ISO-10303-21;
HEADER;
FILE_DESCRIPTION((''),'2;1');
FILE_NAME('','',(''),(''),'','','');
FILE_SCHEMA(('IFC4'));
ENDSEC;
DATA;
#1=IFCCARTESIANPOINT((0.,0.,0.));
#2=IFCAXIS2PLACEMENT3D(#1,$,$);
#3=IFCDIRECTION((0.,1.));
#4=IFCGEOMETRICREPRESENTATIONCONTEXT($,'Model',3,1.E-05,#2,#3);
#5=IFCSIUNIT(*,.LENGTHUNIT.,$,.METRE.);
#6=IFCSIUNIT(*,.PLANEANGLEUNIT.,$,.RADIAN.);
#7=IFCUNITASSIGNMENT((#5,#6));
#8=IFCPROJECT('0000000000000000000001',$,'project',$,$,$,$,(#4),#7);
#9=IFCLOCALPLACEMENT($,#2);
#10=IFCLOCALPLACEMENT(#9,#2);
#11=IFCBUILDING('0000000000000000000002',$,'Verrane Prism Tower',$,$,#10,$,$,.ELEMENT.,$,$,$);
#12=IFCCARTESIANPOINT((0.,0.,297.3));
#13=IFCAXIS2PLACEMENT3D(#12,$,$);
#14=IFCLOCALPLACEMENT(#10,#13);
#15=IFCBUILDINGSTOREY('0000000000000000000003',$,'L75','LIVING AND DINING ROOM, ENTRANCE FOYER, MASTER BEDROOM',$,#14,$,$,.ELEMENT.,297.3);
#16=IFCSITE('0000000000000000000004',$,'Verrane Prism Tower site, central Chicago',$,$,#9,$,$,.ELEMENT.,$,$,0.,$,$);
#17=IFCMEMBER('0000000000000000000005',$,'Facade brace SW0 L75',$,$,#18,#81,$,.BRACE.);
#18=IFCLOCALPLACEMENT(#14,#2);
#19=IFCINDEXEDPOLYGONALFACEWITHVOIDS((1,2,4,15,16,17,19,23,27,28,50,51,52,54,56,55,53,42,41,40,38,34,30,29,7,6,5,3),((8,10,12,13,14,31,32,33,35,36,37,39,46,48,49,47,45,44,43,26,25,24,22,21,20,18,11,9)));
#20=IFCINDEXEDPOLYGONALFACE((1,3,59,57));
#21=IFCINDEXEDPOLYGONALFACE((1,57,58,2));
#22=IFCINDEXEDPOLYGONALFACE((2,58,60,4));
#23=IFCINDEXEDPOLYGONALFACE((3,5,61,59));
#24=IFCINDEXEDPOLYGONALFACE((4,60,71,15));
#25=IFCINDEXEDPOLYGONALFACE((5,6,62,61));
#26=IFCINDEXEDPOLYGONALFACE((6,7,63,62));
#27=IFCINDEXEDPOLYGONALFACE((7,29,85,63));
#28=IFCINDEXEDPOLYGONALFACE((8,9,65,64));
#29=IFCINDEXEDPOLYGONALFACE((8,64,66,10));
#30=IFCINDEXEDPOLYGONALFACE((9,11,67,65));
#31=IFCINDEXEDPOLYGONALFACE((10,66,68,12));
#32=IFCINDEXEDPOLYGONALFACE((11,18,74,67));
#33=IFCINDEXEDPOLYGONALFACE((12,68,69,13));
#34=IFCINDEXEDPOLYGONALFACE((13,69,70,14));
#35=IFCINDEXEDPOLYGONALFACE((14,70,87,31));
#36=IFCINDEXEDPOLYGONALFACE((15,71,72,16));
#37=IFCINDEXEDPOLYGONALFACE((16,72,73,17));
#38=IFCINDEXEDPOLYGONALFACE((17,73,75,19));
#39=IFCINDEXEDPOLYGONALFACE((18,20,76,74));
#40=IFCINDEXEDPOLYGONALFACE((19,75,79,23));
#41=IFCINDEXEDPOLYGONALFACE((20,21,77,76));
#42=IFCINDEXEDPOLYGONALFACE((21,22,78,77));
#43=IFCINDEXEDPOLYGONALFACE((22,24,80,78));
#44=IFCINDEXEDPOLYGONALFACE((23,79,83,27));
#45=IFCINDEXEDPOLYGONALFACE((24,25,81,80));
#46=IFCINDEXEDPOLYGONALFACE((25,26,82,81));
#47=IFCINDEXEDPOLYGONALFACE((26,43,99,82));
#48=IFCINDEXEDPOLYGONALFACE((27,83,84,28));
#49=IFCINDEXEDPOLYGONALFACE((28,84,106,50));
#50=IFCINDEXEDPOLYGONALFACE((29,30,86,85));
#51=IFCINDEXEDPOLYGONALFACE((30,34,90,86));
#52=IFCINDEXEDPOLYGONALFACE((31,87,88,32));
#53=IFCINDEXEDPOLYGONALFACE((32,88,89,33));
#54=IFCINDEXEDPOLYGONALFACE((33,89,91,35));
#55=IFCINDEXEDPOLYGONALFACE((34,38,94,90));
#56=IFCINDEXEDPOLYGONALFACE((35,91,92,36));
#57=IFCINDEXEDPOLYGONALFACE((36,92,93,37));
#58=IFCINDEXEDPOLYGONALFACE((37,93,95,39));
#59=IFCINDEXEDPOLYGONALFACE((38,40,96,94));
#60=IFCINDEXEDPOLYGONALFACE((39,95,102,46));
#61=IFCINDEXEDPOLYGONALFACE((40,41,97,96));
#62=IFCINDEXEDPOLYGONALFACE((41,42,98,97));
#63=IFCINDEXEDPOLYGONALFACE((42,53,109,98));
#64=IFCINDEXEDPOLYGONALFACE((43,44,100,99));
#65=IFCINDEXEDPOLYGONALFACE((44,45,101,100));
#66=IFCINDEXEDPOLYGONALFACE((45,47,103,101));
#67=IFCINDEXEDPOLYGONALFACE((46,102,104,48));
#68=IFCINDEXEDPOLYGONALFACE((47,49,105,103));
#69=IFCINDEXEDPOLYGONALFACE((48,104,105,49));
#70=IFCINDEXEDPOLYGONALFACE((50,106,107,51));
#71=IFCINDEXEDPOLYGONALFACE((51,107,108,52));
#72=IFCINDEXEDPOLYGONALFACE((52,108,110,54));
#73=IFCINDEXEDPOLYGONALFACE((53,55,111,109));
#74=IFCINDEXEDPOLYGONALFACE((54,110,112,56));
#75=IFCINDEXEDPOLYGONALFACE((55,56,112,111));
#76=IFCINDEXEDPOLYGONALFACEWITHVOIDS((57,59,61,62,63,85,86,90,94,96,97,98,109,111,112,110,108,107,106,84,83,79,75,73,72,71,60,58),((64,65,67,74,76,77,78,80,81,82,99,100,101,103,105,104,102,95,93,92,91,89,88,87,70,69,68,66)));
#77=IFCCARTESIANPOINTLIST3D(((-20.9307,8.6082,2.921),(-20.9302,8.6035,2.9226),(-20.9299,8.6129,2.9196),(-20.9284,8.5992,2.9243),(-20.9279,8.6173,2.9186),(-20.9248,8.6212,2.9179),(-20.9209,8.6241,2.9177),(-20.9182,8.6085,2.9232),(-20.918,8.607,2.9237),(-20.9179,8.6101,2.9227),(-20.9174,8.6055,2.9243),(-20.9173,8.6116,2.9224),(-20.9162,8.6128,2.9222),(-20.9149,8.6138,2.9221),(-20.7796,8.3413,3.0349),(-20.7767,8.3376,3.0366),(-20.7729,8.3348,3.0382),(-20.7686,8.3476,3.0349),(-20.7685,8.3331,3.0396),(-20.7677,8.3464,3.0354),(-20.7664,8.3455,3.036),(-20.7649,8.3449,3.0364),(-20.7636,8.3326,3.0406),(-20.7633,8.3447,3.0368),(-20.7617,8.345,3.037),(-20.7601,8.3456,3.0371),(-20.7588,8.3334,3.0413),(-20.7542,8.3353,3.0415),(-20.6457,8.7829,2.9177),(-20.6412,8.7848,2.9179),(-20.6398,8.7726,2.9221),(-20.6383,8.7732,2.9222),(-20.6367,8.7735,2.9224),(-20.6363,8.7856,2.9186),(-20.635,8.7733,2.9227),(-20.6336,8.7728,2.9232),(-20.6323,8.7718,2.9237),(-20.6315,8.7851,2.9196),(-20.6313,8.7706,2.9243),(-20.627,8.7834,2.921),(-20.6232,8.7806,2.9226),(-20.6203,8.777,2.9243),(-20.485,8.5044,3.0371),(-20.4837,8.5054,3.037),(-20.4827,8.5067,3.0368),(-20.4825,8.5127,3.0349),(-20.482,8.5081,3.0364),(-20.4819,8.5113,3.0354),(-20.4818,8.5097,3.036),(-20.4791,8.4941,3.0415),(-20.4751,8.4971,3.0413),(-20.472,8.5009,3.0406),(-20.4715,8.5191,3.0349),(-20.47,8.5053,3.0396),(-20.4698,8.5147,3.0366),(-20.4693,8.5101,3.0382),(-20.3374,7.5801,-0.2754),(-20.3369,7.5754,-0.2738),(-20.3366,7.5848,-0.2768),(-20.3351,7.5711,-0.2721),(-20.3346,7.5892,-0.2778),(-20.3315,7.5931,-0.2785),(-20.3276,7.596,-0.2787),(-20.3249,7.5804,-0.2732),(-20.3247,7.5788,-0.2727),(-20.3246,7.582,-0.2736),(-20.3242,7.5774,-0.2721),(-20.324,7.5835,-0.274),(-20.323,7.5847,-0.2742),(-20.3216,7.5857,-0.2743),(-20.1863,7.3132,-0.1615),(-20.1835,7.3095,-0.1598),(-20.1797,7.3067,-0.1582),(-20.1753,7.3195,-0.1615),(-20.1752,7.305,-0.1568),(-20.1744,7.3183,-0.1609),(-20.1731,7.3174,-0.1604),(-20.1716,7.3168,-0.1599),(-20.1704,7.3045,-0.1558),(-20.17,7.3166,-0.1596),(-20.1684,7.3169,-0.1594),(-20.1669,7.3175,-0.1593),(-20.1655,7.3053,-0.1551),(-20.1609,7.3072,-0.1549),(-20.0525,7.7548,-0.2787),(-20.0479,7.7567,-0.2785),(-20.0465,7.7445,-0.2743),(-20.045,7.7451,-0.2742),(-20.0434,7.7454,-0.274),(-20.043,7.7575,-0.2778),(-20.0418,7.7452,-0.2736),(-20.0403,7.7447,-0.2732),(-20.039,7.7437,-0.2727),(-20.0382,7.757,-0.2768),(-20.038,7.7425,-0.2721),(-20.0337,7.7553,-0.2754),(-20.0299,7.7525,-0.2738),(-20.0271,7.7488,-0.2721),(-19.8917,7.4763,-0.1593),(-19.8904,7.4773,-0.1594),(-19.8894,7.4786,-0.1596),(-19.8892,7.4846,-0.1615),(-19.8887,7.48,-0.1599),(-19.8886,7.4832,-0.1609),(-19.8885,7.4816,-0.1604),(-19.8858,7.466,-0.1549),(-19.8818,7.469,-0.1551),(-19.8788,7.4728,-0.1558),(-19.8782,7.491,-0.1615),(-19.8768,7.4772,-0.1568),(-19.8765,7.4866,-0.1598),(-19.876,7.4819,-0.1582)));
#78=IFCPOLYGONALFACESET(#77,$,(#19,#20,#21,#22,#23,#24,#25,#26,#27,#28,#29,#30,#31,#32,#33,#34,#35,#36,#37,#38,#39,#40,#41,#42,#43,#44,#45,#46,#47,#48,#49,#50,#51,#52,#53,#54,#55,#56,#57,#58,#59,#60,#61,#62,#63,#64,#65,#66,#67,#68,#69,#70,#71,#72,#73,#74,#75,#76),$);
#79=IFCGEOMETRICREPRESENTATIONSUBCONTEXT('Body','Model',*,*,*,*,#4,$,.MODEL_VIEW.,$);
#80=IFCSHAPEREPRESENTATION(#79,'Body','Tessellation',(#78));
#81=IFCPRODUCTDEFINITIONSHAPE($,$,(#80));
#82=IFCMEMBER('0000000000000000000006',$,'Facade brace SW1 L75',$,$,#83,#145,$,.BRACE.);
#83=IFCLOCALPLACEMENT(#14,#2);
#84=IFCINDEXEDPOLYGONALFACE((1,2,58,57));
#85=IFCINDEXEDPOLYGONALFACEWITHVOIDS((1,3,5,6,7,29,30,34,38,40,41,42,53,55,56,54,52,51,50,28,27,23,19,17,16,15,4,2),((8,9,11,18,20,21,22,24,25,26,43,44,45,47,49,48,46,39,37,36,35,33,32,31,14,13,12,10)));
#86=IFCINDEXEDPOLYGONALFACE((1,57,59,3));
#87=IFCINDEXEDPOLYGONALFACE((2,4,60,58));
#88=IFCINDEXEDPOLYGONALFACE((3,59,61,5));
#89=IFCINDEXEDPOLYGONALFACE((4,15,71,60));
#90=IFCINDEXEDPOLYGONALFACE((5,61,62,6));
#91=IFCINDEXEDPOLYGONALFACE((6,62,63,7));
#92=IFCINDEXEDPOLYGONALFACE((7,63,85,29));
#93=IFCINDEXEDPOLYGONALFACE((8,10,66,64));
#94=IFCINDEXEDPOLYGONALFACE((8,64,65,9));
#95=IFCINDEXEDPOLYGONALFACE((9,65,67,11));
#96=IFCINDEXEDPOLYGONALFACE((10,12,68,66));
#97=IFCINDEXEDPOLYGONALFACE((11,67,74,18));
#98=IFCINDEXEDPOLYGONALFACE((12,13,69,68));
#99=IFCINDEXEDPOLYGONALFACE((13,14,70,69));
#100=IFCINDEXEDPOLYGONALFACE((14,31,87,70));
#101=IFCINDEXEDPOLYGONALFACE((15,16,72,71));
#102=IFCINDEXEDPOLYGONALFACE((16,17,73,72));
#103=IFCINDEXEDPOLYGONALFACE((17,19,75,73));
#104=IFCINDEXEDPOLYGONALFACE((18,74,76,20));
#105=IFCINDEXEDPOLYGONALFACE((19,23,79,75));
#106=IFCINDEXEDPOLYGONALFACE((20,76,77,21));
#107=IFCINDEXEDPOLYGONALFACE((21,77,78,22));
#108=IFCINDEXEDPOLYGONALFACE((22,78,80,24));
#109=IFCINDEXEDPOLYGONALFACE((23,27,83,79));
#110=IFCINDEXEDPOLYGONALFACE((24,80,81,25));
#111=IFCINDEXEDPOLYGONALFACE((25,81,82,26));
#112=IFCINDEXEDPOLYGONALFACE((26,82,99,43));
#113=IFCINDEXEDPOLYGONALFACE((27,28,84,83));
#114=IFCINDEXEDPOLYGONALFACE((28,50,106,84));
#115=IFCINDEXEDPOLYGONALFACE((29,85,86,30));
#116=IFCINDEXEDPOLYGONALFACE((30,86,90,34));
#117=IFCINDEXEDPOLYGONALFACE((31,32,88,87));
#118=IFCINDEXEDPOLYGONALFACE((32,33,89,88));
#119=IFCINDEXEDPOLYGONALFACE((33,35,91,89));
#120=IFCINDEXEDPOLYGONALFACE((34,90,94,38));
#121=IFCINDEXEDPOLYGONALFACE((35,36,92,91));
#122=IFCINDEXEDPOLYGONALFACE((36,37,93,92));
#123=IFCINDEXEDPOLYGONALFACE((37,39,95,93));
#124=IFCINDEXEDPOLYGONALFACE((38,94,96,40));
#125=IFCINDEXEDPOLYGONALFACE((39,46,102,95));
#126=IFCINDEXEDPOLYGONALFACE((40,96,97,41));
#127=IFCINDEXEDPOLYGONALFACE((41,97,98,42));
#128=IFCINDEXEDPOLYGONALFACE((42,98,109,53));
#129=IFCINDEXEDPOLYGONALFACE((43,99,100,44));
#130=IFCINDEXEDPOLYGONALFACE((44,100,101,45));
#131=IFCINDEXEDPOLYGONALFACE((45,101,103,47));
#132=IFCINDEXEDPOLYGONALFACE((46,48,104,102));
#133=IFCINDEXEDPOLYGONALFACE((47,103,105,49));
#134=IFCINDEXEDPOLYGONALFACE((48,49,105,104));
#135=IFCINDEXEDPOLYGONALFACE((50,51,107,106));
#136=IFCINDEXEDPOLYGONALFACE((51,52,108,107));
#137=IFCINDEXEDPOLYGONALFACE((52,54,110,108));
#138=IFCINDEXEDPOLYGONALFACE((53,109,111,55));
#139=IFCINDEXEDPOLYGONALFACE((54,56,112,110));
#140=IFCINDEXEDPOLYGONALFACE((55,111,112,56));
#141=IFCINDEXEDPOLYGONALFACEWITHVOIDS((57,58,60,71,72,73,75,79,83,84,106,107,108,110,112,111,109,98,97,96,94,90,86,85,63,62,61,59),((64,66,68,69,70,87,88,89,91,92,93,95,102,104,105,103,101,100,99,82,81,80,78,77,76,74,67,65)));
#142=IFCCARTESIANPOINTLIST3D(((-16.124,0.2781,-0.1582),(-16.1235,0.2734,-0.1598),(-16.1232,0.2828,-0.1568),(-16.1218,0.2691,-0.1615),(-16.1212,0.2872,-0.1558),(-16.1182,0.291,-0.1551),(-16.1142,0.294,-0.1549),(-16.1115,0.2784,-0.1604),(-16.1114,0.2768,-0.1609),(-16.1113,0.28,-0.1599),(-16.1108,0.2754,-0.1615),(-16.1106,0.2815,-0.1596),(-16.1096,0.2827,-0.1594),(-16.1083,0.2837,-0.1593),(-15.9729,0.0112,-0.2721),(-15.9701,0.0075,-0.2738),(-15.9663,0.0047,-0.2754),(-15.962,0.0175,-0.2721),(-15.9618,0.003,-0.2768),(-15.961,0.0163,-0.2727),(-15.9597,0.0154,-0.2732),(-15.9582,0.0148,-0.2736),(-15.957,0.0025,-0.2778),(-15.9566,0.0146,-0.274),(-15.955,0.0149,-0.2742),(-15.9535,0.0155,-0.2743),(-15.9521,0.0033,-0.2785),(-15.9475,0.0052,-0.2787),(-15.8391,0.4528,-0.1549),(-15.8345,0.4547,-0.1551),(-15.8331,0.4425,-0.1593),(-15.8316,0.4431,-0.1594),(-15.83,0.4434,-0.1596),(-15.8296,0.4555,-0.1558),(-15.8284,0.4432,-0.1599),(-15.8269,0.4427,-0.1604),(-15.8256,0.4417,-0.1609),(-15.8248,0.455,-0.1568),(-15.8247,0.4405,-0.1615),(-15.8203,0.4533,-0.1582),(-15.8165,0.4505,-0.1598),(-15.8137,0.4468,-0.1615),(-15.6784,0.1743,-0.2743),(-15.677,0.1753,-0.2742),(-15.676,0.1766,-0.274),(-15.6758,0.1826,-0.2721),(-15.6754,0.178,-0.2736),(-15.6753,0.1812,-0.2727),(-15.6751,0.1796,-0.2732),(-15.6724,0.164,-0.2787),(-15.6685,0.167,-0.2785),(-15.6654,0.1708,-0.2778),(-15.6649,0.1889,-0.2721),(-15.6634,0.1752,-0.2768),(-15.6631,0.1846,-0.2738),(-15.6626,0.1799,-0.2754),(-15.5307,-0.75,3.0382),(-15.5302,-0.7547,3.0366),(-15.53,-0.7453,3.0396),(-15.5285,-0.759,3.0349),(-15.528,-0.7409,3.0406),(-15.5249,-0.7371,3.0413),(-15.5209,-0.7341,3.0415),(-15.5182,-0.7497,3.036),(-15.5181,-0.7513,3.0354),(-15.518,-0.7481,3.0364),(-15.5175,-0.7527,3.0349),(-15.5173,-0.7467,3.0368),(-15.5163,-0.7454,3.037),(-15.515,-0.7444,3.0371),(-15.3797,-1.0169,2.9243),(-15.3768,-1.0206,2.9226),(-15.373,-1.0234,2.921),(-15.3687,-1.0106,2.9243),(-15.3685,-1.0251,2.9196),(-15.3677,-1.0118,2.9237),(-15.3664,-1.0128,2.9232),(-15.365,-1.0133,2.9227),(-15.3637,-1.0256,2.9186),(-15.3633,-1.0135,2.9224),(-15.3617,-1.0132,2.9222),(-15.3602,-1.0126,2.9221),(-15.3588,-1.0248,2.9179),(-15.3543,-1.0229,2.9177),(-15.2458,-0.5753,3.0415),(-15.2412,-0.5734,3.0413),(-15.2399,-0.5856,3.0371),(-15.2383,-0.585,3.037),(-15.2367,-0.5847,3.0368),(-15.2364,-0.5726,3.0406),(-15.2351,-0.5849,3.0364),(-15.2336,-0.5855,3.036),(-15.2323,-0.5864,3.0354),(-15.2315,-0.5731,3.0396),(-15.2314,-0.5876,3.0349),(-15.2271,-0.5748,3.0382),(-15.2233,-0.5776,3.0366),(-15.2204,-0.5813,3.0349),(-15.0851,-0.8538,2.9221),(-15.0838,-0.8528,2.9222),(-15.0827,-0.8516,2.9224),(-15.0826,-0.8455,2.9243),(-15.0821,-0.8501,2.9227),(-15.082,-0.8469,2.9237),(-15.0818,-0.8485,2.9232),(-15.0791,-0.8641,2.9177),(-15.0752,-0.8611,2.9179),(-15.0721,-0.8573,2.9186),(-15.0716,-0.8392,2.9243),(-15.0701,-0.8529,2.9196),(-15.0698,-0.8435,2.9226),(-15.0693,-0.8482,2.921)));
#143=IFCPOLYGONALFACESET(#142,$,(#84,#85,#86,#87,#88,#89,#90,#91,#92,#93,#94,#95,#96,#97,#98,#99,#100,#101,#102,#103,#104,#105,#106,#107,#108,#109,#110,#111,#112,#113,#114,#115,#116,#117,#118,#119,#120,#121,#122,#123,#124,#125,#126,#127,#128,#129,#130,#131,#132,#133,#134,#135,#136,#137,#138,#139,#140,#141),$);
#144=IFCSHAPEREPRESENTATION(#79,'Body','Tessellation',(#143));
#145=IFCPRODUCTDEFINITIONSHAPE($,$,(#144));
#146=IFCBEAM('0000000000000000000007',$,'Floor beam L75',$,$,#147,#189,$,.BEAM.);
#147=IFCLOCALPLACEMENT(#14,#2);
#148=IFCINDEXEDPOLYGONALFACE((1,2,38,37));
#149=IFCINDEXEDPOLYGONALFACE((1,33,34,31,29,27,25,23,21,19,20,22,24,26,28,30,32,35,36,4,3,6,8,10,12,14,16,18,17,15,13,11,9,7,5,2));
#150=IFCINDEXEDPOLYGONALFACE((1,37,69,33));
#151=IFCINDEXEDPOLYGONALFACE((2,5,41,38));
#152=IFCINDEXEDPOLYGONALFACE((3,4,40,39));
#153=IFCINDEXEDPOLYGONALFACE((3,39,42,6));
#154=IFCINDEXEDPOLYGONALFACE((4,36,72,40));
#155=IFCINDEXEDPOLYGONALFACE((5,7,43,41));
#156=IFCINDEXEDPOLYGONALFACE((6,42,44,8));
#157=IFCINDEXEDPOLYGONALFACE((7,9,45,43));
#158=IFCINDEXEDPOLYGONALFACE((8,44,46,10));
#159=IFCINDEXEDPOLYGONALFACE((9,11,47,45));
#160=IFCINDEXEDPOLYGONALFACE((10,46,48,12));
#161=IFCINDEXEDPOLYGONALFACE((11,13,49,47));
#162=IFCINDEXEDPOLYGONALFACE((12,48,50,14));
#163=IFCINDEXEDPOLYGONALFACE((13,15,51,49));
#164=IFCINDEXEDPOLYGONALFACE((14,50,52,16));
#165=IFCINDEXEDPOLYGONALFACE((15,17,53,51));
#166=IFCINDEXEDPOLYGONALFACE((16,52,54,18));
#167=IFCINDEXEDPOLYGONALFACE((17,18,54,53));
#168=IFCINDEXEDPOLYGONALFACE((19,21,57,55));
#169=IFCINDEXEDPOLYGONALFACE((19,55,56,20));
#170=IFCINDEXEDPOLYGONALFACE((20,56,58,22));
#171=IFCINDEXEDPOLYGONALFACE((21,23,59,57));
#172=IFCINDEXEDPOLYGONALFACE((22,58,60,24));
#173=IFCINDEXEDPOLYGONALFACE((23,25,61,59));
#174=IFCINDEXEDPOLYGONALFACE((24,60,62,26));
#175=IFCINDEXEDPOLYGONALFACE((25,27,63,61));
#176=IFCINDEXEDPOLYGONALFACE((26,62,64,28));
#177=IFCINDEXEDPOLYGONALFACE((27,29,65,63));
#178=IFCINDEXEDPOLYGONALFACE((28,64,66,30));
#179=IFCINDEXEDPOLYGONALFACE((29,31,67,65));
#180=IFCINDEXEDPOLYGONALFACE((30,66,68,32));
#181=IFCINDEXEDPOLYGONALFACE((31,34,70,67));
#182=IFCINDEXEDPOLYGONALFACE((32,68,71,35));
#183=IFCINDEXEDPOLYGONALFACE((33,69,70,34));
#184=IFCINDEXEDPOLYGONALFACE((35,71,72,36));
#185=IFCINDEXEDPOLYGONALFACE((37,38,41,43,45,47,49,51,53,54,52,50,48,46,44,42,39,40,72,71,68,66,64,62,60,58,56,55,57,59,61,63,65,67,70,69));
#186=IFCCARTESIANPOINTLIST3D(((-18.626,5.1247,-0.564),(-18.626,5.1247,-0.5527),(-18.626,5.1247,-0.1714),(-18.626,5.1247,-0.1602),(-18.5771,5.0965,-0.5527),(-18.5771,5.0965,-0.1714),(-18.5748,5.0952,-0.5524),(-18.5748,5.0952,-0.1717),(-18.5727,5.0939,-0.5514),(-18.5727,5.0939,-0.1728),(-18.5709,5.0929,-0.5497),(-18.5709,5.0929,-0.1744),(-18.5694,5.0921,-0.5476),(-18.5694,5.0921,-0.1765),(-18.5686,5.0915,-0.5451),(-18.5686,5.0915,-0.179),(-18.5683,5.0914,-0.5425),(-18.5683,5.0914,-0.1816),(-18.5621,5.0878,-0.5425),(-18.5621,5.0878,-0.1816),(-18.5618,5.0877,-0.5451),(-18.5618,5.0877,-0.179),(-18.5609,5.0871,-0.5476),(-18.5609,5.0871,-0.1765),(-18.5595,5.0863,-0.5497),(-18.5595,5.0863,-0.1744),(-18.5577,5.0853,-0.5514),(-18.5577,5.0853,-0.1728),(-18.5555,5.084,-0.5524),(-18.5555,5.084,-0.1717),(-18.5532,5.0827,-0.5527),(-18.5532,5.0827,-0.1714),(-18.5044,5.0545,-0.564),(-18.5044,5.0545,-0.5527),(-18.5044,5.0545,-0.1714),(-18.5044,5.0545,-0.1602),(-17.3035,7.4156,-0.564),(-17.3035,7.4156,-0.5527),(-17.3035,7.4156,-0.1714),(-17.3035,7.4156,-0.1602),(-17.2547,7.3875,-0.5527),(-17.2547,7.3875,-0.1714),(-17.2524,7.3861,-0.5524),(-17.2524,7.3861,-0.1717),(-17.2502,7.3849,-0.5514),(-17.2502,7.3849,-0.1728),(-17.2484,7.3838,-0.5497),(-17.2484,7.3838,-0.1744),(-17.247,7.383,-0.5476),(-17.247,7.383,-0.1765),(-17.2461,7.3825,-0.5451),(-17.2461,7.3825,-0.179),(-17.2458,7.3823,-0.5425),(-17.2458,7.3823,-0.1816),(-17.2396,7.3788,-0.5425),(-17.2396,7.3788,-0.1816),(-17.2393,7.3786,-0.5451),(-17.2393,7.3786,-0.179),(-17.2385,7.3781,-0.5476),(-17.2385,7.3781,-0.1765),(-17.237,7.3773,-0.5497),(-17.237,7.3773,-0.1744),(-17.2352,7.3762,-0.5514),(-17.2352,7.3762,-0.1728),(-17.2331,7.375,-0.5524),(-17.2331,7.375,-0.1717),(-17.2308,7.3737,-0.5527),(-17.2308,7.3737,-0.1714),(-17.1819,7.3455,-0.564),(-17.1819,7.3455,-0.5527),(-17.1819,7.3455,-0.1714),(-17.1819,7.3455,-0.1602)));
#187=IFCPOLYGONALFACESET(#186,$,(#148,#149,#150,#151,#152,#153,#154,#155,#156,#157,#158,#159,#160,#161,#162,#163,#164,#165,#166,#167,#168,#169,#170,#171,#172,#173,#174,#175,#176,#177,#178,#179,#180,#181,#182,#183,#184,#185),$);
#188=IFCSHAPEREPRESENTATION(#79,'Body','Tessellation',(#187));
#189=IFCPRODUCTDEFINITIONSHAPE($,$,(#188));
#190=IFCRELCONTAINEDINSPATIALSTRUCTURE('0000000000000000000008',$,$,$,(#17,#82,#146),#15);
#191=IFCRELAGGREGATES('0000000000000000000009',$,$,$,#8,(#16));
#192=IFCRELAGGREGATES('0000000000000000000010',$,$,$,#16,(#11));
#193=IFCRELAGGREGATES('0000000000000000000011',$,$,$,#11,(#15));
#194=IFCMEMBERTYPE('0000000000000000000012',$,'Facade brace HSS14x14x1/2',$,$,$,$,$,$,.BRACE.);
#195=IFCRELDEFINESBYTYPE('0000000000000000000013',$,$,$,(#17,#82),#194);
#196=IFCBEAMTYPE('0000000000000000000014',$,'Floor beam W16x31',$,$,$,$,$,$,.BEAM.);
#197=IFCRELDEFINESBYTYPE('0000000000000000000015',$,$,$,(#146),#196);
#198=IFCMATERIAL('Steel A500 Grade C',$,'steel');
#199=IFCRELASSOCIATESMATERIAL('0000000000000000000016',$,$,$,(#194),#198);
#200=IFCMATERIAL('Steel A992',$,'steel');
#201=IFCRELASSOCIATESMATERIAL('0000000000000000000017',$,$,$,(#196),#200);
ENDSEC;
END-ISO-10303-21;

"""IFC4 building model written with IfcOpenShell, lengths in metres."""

from ifc_helpers import new_model, si_unit, direction, frame, origin, origin_2d, place, context, subcontext, project, spatial, hollow_rectangle, i_section, extrude, material, material_profile, profile_set, type_object, element, save


model = new_model("IFC4")

# Units and contexts
model_context = context("Model", 3, precision=1e-05, world=origin(), true_north=direction((0.0, 1.0)))
body_context = subcontext(model_context, "Body", "Model", "MODEL_VIEW")
ifc_project = project(units=[si_unit("LENGTHUNIT", "METRE"), si_unit("PLANEANGLEUNIT", "RADIAN")], contexts=[model_context])

# Site, building, storey
site_placement = place(None, origin())
site = spatial("IfcSite", under=ifc_project, at=site_placement, Name="Verrane Prism Tower site, central Chicago", CompositionType="ELEMENT", RefElevation=0.0)
building_placement = place(site_placement, origin())
building = spatial("IfcBuilding", under=site, at=building_placement, Name="Verrane Prism Tower", CompositionType="ELEMENT")
storey_placement = place(building_placement, frame((0.0, 0.0, 297.3)))
storey = spatial("IfcBuildingStorey", under=building, at=storey_placement, Name="L75", Description="LIVING AND DINING ROOM, ENTRANCE FOYER, MASTER BEDROOM", CompositionType="ELEMENT", Elevation=297.3)

# Members
ifc_material_1 = material(Name="Steel A500 Grade C", Category="steel")
ifc_material_profile_1 = material_profile(ifc_material_1, hollow_rectangle(XDim=0.3557, YDim=0.3557, WallThickness=0.0127, InnerFilletRadius=0.0063, OuterFilletRadius=0.019, at=origin_2d()), Name="HSS14x14x1/2")
ifc_profile_set_1 = profile_set([ifc_material_profile_1], Name="Steel A500 Grade C")
member_type_1 = type_object("IfcMemberType", Name="Facade brace HSS14x14x1/2", PredefinedType="BRACE", material=ifc_profile_set_1)
for number, where, z_axis, x_axis, name in (
    (1, (-20.1067, 7.531, -0.2168), (-0.173999, 0.301527, 0.937447), (-0.866134, -0.499811, 0.0), "Facade brace SW0 L75"),
    (2, (-15.8933, 0.229, -0.2168), (0.173999, -0.301527, 0.937447), (0.866134, 0.499811, 0.0), "Facade brace SW1 L75"),
):
    element("IfcMember", number, at=place(storey_placement, frame(where, z_axis=z_axis, x_axis=x_axis)), inside=storey, type_object=member_type_1, Name=name, PredefinedType="BRACE", context=body_context, shape_type="SweptSolid", body=[
        extrude(hollow_rectangle(XDim=0.3557, YDim=0.3557, WallThickness=0.0127, InnerFilletRadius=0.0063, OuterFilletRadius=0.019, at=origin_2d()), origin(), (0.0, 0.0, 1.0), 3.4097),
    ])

# Beam
ifc_material_2 = material(Name="Steel A992", Category="steel")
ifc_material_profile_2 = material_profile(ifc_material_2, i_section(OverallWidth=0.1404, OverallDepth=0.4038, WebThickness=0.0071, FlangeThickness=0.0112, FilletRadius=0.0103, at=origin_2d()), Name="W16x31")
ifc_profile_set_2 = profile_set([ifc_material_profile_2], Name="Steel A992")
beam_type_1 = type_object("IfcBeamType", Name="Floor beam W16x31", PredefinedType="BEAM", material=ifc_profile_set_2)
beam_1_placement = place(storey_placement, frame((-18.5652, 5.0896, -0.3621), z_axis=(0.499941, 0.86606, 0.0), x_axis=(-0.86606, 0.499941, 0.0)))
element("IfcBeam", 3, at=beam_1_placement, inside=storey, type_object=beam_type_1, Name="Floor beam L75", PredefinedType="BEAM", context=body_context, shape_type="SweptSolid", body=[
    extrude(i_section(OverallWidth=0.1404, OverallDepth=0.4038, WebThickness=0.0071, FlangeThickness=0.0112, FilletRadius=0.0103, at=origin_2d()), origin(), (0.0, 0.0, 1.0), 2.6453),
])

save(model, "model.ifc")
